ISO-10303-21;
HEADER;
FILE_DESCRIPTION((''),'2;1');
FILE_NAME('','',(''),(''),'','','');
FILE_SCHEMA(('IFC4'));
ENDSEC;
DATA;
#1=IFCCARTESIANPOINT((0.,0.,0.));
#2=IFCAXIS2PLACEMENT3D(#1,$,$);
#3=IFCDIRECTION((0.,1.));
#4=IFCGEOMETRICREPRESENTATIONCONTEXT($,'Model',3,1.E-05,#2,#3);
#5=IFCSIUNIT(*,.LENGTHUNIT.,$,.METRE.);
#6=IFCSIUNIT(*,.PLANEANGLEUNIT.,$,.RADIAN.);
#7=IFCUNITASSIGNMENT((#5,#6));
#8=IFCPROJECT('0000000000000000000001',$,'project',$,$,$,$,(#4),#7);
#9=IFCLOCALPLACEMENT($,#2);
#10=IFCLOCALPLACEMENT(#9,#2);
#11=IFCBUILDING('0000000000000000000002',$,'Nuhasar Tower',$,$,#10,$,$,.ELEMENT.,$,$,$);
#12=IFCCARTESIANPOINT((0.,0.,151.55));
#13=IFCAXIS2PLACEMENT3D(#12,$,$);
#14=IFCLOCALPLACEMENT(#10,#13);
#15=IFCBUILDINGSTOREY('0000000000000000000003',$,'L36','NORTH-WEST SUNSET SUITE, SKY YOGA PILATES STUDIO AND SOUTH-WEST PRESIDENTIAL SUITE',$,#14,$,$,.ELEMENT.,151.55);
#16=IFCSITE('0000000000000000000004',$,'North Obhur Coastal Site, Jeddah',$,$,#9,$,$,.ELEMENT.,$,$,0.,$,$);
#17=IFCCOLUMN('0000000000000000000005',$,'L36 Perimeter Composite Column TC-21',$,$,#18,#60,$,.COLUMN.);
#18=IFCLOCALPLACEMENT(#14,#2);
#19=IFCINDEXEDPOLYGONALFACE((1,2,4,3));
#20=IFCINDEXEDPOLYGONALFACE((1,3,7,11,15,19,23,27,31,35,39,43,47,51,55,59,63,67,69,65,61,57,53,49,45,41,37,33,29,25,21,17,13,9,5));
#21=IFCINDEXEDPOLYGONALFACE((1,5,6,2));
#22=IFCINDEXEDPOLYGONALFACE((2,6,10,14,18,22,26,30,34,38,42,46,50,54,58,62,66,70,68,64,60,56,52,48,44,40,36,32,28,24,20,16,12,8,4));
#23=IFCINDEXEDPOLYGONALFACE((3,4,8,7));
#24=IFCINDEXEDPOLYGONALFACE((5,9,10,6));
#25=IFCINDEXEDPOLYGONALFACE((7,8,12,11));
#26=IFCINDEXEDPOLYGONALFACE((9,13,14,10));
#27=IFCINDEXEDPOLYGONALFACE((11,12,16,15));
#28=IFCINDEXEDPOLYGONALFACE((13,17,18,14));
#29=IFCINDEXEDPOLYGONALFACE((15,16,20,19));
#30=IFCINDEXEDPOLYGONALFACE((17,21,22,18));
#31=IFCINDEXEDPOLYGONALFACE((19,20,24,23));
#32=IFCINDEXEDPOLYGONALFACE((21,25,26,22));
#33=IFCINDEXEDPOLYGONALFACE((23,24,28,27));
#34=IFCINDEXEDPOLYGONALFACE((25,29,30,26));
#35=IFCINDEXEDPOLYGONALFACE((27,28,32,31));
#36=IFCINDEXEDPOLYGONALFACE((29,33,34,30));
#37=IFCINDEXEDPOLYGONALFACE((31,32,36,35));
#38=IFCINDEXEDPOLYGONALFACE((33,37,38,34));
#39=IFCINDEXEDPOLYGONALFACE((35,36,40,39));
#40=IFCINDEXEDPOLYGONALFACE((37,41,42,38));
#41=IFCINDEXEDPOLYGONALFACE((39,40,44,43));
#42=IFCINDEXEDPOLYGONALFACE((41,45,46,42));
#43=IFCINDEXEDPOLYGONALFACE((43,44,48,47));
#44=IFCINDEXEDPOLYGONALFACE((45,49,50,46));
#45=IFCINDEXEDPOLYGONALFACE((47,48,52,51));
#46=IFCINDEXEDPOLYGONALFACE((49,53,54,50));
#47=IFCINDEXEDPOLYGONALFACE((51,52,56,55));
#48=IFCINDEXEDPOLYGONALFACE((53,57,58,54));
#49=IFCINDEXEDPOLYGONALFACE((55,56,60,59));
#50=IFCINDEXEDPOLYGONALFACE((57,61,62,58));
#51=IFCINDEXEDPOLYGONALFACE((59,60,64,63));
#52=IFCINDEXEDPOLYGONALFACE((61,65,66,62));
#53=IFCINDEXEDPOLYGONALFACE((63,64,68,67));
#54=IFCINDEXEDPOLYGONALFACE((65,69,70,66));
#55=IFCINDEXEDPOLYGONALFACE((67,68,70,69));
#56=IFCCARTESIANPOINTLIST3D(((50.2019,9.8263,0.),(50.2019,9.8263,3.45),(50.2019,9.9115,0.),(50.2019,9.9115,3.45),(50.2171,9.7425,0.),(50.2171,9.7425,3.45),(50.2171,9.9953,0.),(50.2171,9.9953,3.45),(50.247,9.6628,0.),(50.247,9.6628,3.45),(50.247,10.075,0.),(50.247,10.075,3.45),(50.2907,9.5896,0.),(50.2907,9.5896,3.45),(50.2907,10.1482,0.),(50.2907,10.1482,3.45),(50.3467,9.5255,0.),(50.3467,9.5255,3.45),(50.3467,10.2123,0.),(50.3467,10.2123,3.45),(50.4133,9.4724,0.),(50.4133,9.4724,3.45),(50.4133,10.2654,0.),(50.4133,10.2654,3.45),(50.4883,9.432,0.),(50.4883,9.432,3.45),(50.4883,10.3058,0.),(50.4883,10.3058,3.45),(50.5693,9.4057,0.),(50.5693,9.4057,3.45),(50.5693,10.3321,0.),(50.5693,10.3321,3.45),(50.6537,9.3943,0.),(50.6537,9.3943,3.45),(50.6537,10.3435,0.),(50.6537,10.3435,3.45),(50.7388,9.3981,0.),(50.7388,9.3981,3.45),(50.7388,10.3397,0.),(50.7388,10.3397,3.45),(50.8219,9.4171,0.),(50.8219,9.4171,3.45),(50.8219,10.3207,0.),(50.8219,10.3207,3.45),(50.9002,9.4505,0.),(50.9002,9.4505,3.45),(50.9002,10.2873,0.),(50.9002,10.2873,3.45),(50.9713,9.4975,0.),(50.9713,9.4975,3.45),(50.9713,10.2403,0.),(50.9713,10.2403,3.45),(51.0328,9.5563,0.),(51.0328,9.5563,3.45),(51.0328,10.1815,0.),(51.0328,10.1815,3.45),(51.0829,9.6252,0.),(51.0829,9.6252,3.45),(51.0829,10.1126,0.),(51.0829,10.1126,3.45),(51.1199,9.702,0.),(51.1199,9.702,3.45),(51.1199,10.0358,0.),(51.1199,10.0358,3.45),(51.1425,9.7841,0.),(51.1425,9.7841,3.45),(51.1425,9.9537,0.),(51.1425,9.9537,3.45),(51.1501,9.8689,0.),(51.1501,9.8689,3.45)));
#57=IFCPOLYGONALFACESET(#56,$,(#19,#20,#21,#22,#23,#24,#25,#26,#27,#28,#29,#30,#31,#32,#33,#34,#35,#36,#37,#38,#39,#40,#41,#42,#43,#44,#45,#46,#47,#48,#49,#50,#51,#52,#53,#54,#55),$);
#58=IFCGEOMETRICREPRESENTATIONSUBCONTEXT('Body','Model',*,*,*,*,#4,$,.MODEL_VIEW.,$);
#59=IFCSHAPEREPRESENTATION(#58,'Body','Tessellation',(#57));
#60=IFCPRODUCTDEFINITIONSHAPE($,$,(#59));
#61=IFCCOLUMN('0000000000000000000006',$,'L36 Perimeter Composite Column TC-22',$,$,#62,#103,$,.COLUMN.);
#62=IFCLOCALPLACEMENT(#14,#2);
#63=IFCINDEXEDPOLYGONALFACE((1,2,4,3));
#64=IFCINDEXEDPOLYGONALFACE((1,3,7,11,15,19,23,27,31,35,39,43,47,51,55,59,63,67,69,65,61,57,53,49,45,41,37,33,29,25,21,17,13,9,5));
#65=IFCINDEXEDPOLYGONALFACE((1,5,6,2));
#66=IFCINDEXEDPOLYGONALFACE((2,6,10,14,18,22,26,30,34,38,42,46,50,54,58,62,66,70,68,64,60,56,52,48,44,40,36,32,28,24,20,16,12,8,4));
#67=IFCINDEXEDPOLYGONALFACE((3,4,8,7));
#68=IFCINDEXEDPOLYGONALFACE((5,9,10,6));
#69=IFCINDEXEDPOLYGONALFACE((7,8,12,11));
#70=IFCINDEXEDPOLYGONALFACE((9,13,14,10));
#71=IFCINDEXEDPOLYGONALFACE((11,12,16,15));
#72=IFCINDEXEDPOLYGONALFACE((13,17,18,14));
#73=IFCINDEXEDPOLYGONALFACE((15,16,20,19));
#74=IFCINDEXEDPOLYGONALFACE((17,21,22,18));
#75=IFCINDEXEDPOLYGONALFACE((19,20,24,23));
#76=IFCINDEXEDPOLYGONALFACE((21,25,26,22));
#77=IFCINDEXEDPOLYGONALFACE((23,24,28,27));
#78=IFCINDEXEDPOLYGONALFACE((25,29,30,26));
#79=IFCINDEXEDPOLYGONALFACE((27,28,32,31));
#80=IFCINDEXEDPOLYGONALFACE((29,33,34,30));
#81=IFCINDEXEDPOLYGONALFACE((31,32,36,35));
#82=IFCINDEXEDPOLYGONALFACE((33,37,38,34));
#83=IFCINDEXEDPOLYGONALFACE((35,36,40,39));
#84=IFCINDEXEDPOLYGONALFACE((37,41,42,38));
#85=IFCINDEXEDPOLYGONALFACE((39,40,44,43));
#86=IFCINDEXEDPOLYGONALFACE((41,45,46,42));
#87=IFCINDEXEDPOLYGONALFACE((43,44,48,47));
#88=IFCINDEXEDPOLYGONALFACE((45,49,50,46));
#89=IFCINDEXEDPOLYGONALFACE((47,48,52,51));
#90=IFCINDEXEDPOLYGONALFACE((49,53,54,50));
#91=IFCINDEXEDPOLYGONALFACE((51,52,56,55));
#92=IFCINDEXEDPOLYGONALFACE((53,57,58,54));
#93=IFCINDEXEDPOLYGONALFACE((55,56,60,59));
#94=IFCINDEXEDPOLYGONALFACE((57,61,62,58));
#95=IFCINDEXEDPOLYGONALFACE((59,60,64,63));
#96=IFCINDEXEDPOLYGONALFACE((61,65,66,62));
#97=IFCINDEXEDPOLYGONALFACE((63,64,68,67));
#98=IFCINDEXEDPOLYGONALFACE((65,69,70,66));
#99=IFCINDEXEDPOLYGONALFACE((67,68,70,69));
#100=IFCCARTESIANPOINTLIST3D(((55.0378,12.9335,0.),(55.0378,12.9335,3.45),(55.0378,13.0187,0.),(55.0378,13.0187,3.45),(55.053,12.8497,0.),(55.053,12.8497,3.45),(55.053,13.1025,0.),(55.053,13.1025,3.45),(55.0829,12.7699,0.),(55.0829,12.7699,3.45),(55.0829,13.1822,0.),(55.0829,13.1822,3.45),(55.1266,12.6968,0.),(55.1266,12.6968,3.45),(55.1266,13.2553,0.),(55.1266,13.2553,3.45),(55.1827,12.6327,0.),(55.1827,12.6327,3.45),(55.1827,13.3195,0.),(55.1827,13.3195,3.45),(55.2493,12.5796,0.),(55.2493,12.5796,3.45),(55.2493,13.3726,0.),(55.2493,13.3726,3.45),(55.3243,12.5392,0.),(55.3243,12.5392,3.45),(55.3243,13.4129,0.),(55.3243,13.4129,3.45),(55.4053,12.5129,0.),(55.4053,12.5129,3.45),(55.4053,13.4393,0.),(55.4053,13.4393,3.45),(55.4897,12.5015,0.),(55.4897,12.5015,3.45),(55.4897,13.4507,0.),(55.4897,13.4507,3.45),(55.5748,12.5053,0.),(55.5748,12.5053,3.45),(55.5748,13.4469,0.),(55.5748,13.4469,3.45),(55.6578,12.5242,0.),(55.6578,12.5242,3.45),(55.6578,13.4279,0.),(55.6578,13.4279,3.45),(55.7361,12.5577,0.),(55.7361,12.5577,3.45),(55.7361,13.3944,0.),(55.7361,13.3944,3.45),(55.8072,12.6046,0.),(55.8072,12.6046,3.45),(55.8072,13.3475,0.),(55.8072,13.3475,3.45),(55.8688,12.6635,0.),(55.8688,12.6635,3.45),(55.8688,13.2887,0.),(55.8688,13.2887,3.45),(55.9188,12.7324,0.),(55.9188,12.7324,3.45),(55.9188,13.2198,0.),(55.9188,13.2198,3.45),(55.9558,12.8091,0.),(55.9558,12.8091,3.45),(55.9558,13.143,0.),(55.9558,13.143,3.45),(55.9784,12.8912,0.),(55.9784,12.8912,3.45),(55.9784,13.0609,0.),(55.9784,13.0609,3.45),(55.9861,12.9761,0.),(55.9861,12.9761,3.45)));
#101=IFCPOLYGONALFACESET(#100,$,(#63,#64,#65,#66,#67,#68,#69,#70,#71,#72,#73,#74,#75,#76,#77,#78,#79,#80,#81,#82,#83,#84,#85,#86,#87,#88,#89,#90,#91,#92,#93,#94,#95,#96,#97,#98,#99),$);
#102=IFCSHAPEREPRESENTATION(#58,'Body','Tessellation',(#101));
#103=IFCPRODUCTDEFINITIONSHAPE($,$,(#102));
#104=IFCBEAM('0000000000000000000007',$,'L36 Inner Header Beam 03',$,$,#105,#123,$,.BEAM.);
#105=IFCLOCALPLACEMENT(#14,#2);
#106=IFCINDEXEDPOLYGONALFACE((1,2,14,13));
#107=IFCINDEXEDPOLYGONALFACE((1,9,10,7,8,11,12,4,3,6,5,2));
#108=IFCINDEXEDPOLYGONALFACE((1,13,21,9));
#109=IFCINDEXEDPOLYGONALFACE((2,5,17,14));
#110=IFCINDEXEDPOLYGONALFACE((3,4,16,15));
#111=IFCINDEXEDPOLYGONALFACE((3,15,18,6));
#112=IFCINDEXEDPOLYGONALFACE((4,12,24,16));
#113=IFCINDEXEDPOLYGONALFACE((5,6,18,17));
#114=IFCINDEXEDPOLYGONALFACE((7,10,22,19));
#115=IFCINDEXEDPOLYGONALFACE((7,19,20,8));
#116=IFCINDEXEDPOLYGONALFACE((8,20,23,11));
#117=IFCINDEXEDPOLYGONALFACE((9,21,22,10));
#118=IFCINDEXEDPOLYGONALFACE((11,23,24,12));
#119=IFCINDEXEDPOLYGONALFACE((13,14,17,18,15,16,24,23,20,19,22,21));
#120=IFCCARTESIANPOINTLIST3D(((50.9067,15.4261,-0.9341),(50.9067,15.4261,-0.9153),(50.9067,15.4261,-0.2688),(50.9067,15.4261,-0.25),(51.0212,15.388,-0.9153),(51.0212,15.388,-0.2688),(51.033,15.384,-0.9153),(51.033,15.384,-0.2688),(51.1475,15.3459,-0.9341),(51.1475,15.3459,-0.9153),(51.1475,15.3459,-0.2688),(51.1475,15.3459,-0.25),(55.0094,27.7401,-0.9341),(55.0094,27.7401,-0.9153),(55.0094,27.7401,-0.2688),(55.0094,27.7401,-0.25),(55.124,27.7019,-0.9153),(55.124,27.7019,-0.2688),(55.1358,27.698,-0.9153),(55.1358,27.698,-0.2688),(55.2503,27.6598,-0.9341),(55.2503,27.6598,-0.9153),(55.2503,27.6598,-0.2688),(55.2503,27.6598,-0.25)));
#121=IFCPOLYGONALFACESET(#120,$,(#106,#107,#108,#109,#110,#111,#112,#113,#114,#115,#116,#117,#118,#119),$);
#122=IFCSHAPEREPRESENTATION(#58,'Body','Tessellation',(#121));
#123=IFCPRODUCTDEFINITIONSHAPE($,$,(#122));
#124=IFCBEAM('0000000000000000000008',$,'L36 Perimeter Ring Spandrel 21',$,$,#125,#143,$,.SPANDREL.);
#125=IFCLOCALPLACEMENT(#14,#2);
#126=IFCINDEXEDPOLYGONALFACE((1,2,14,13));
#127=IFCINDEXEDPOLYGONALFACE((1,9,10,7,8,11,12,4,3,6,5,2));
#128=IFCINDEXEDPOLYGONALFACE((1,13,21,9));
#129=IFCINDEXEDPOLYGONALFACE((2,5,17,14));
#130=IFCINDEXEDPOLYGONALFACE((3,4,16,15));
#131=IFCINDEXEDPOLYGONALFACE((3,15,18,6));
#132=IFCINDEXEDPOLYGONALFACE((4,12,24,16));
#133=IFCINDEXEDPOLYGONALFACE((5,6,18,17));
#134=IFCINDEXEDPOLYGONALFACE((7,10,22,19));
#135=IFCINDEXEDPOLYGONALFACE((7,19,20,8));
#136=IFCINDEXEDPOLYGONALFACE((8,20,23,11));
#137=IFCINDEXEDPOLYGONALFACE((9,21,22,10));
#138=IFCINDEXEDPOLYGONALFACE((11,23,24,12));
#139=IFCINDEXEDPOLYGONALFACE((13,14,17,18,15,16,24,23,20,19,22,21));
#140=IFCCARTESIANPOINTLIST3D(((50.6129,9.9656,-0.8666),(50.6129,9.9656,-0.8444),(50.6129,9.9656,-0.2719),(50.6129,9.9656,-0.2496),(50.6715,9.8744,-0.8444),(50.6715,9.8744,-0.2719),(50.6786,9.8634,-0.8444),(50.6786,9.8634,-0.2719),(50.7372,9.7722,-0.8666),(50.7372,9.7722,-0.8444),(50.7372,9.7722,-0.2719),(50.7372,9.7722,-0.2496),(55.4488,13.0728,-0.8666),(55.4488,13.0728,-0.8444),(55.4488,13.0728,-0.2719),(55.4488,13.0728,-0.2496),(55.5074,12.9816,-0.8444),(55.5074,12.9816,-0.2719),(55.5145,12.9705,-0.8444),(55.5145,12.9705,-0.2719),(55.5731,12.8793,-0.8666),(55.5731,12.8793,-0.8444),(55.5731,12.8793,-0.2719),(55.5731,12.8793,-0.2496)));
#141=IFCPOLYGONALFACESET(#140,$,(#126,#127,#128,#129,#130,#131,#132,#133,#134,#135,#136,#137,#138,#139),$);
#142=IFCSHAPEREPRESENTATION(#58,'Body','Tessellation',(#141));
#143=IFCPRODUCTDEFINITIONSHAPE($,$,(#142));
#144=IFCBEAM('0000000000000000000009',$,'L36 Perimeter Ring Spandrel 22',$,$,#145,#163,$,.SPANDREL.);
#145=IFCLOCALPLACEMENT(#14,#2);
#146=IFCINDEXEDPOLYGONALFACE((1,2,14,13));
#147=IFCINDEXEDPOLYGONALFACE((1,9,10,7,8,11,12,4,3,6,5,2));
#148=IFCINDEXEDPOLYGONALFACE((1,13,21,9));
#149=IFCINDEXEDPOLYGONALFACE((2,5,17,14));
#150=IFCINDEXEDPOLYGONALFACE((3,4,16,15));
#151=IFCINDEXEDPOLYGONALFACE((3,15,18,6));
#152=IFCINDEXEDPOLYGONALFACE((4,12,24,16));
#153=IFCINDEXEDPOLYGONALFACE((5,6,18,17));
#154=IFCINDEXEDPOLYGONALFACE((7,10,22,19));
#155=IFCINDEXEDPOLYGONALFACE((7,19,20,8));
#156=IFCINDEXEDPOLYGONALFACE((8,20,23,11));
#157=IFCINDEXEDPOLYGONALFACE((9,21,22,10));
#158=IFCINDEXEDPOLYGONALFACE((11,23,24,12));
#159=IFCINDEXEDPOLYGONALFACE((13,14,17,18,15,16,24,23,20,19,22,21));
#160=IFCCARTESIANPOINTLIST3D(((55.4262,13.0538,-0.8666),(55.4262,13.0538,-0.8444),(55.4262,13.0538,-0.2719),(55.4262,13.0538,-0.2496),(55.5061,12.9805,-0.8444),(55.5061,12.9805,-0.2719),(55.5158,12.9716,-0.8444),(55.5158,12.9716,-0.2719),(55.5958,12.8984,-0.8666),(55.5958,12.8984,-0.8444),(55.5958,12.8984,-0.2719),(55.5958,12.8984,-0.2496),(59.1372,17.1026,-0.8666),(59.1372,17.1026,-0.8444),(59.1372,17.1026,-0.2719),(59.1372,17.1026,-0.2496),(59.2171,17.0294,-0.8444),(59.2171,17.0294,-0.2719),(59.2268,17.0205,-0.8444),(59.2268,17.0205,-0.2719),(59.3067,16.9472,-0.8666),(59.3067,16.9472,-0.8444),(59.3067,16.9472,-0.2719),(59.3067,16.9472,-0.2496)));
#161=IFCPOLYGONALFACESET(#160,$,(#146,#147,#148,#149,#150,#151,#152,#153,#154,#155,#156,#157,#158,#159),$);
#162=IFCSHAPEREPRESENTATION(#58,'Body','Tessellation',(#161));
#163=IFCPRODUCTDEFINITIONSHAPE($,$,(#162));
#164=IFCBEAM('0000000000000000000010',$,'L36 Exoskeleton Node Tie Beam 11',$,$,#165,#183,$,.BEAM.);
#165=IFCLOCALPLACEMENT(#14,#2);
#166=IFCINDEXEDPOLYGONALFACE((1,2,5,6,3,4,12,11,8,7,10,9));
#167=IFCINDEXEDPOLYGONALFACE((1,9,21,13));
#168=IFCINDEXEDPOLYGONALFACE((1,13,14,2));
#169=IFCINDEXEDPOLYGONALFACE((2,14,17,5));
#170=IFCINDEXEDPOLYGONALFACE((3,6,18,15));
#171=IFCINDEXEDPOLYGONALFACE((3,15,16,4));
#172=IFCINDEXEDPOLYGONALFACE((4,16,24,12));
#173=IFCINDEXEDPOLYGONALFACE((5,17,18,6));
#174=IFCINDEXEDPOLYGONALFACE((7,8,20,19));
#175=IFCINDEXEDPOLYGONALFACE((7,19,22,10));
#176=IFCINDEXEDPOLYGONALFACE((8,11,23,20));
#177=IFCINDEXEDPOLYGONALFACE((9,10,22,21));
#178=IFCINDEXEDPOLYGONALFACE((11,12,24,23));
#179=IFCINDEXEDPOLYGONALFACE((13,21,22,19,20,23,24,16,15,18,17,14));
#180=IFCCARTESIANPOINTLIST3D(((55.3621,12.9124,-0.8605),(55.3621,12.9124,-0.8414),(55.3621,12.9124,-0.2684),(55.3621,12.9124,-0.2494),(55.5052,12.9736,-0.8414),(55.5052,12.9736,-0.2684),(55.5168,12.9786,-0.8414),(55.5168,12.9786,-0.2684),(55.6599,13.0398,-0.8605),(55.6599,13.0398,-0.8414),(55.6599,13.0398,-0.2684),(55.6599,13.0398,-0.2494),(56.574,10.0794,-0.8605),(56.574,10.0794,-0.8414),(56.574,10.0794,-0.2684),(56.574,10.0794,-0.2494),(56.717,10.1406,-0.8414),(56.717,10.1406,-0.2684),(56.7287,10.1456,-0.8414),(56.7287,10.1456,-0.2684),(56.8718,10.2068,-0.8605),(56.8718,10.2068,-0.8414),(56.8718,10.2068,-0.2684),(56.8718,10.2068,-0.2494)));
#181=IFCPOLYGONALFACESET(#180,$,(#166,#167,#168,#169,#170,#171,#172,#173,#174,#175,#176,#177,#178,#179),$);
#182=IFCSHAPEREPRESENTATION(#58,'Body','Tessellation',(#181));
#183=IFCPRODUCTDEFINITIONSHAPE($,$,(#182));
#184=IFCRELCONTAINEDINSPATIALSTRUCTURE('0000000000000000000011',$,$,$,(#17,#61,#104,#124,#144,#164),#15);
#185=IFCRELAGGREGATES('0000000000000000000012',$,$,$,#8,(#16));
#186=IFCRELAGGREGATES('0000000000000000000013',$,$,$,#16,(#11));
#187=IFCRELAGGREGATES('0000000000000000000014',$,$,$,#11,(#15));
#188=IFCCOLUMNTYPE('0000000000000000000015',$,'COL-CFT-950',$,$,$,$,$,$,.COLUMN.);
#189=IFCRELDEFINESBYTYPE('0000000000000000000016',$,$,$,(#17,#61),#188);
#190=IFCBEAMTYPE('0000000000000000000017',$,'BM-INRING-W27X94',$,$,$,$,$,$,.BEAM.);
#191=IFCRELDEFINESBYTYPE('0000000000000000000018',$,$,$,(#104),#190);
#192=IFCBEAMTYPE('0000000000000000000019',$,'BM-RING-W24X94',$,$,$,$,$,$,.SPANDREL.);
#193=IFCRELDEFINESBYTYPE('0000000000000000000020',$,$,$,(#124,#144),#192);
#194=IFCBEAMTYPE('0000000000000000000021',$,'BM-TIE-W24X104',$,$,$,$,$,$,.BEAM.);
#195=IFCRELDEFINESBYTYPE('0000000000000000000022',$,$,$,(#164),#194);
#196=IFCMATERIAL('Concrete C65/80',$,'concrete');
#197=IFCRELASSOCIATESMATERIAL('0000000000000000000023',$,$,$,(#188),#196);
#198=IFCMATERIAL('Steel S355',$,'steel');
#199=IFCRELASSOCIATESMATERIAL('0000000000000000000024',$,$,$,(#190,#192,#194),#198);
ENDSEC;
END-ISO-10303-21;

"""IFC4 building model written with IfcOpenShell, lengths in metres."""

from ifc_helpers import new_model, si_unit, direction, frame, origin, origin_2d, place, context, subcontext, project, spatial, circle, i_section, extrude, material, material_profile, profile_set, type_object, element, save


model = new_model("IFC4")

# Units and contexts
model_context = context("Model", 3, precision=1e-05, world=origin(), true_north=direction((0.0, 1.0)))
body_context = subcontext(model_context, "Body", "Model", "MODEL_VIEW")
ifc_project = project(units=[si_unit("LENGTHUNIT", "METRE"), si_unit("PLANEANGLEUNIT", "RADIAN")], contexts=[model_context])

# Site, building, storey
site_placement = place(None, origin())
site = spatial("IfcSite", under=ifc_project, at=site_placement, Name="North Obhur Coastal Site, Jeddah", CompositionType="ELEMENT", RefElevation=0.0)
building_placement = place(site_placement, origin())
building = spatial("IfcBuilding", under=site, at=building_placement, Name="Nuhasar Tower", CompositionType="ELEMENT")
storey_placement = place(building_placement, frame((0.0, 0.0, 151.55)))
storey = spatial("IfcBuildingStorey", under=building, at=storey_placement, Name="L36", Description="NORTH-WEST SUNSET SUITE, SKY YOGA PILATES STUDIO AND SOUTH-WEST PRESIDENTIAL SUITE", CompositionType="ELEMENT", Elevation=151.55)

# Columns
ifc_material_1 = material(Name="Concrete C65/80", Category="concrete")
ifc_material_profile_1 = material_profile(ifc_material_1, circle(Radius=0.4751, at=origin_2d()), Name="CFT950")
ifc_profile_set_1 = profile_set([ifc_material_profile_1], Name="Concrete C65/80")
column_type = type_object("IfcColumnType", Name="COL-CFT-950", PredefinedType="COLUMN", material=ifc_profile_set_1)
for number, where, z_axis, x_axis, name in (
    (1, (50.675, 9.8689, 0.0), (0.0, 0.0, 1.0), (1.0, 0.0, 0.0), "L36 Perimeter Composite Column TC-21"),
    (2, (55.511, 12.9761, 0.0), (0.0, 0.0, 1.0), (1.0, 0.0, 0.0), "L36 Perimeter Composite Column TC-22"),
):
    element("IfcColumn", number, at=place(storey_placement, frame(where, z_axis=z_axis, x_axis=x_axis)), inside=storey, type_object=column_type, Name=name, PredefinedType="COLUMN", context=body_context, shape_type="SweptSolid", body=[
        extrude(circle(Radius=0.4751, at=origin_2d()), origin(), (0.0, 0.0, 1.0), 3.45),
    ])

# Beams
ifc_material_2 = material(Name="Steel S355", Category="steel")
ifc_material_profile_2 = material_profile(ifc_material_2, i_section(OverallWidth=0.2539, OverallDepth=0.6841, WebThickness=0.0125, FlangeThickness=0.0188, at=origin_2d()), Name="W27X94")
ifc_profile_set_2 = profile_set([ifc_material_profile_2], Name="Steel S355")
beam_type_1 = type_object("IfcBeamType", Name="BM-INRING-W27X94", PredefinedType="BEAM", material=ifc_profile_set_2)
beam_1_placement = place(storey_placement, frame((51.0271, 15.386, -0.592), z_axis=(0.316098, 0.948727, 0.0), x_axis=(-0.948727, 0.316098, 0.0)))
element("IfcBeam", 3, at=beam_1_placement, inside=storey, type_object=beam_type_1, Name="L36 Inner Header Beam 03", PredefinedType="BEAM", context=body_context, shape_type="SweptSolid", body=[
    extrude(i_section(OverallWidth=0.2539, OverallDepth=0.6841, WebThickness=0.0125, FlangeThickness=0.0188, at=origin_2d()), origin(), (0.0, 0.0, 1.0), 12.9795),
])
ifc_material_profile_3 = material_profile(ifc_material_2, i_section(OverallWidth=0.23, OverallDepth=0.6169, WebThickness=0.0132, FlangeThickness=0.0222, at=origin_2d()), Name="W24X94")
ifc_profile_set_3 = profile_set([ifc_material_profile_3], Name="Steel S355")
beam_type_2 = type_object("IfcBeamType", Name="BM-RING-W24X94", PredefinedType="SPANDREL", material=ifc_profile_set_3)
beam_2_placement = place(storey_placement, frame((50.675, 9.8689, -0.5581), z_axis=(0.841308, 0.540556, 0.0), x_axis=(-0.540556, 0.841308, 0.0)))
element("IfcBeam", 4, at=beam_2_placement, inside=storey, type_object=beam_type_2, Name="L36 Perimeter Ring Spandrel 21", PredefinedType="SPANDREL", context=body_context, shape_type="SweptSolid", body=[
    extrude(i_section(OverallWidth=0.23, OverallDepth=0.6169, WebThickness=0.0132, FlangeThickness=0.0222, at=origin_2d()), origin(), (0.0, 0.0, 1.0), 5.748),
])
beam_3_placement = place(storey_placement, frame((55.511, 12.9761, -0.5581), z_axis=(0.675676, 0.737198, 0.0), x_axis=(-0.737198, 0.675676, 0.0)))
element("IfcBeam", 5, at=beam_3_placement, inside=storey, type_object=beam_type_2, Name="L36 Perimeter Ring Spandrel 22", PredefinedType="SPANDREL", context=body_context, shape_type="SweptSolid", body=[
    extrude(i_section(OverallWidth=0.23, OverallDepth=0.6169, WebThickness=0.0132, FlangeThickness=0.0222, at=origin_2d()), origin(), (0.0, 0.0, 1.0), 5.4922),
])
ifc_material_profile_4 = material_profile(ifc_material_2, i_section(OverallWidth=0.324, OverallDepth=0.6111, WebThickness=0.0127, FlangeThickness=0.019, at=origin_2d()), Name="W24X104")
ifc_profile_set_4 = profile_set([ifc_material_profile_4], Name="Steel S355")
beam_type_3 = type_object("IfcBeamType", Name="BM-TIE-W24X104", PredefinedType="BEAM", material=ifc_profile_set_4)
beam_4_placement = place(storey_placement, frame((55.511, 12.9761, -0.5549), z_axis=(0.393307, -0.919407, 0.0), x_axis=(0.919407, 0.393307, 0.0)))
element("IfcBeam", 6, at=beam_4_placement, inside=storey, type_object=beam_type_3, Name="L36 Exoskeleton Node Tie Beam 11", PredefinedType="BEAM", context=body_context, shape_type="SweptSolid", body=[
    extrude(i_section(OverallWidth=0.324, OverallDepth=0.6111, WebThickness=0.0127, FlangeThickness=0.019, at=origin_2d()), origin(), (0.0, 0.0, 1.0), 3.0813),
])

save(model, "model.ifc")
